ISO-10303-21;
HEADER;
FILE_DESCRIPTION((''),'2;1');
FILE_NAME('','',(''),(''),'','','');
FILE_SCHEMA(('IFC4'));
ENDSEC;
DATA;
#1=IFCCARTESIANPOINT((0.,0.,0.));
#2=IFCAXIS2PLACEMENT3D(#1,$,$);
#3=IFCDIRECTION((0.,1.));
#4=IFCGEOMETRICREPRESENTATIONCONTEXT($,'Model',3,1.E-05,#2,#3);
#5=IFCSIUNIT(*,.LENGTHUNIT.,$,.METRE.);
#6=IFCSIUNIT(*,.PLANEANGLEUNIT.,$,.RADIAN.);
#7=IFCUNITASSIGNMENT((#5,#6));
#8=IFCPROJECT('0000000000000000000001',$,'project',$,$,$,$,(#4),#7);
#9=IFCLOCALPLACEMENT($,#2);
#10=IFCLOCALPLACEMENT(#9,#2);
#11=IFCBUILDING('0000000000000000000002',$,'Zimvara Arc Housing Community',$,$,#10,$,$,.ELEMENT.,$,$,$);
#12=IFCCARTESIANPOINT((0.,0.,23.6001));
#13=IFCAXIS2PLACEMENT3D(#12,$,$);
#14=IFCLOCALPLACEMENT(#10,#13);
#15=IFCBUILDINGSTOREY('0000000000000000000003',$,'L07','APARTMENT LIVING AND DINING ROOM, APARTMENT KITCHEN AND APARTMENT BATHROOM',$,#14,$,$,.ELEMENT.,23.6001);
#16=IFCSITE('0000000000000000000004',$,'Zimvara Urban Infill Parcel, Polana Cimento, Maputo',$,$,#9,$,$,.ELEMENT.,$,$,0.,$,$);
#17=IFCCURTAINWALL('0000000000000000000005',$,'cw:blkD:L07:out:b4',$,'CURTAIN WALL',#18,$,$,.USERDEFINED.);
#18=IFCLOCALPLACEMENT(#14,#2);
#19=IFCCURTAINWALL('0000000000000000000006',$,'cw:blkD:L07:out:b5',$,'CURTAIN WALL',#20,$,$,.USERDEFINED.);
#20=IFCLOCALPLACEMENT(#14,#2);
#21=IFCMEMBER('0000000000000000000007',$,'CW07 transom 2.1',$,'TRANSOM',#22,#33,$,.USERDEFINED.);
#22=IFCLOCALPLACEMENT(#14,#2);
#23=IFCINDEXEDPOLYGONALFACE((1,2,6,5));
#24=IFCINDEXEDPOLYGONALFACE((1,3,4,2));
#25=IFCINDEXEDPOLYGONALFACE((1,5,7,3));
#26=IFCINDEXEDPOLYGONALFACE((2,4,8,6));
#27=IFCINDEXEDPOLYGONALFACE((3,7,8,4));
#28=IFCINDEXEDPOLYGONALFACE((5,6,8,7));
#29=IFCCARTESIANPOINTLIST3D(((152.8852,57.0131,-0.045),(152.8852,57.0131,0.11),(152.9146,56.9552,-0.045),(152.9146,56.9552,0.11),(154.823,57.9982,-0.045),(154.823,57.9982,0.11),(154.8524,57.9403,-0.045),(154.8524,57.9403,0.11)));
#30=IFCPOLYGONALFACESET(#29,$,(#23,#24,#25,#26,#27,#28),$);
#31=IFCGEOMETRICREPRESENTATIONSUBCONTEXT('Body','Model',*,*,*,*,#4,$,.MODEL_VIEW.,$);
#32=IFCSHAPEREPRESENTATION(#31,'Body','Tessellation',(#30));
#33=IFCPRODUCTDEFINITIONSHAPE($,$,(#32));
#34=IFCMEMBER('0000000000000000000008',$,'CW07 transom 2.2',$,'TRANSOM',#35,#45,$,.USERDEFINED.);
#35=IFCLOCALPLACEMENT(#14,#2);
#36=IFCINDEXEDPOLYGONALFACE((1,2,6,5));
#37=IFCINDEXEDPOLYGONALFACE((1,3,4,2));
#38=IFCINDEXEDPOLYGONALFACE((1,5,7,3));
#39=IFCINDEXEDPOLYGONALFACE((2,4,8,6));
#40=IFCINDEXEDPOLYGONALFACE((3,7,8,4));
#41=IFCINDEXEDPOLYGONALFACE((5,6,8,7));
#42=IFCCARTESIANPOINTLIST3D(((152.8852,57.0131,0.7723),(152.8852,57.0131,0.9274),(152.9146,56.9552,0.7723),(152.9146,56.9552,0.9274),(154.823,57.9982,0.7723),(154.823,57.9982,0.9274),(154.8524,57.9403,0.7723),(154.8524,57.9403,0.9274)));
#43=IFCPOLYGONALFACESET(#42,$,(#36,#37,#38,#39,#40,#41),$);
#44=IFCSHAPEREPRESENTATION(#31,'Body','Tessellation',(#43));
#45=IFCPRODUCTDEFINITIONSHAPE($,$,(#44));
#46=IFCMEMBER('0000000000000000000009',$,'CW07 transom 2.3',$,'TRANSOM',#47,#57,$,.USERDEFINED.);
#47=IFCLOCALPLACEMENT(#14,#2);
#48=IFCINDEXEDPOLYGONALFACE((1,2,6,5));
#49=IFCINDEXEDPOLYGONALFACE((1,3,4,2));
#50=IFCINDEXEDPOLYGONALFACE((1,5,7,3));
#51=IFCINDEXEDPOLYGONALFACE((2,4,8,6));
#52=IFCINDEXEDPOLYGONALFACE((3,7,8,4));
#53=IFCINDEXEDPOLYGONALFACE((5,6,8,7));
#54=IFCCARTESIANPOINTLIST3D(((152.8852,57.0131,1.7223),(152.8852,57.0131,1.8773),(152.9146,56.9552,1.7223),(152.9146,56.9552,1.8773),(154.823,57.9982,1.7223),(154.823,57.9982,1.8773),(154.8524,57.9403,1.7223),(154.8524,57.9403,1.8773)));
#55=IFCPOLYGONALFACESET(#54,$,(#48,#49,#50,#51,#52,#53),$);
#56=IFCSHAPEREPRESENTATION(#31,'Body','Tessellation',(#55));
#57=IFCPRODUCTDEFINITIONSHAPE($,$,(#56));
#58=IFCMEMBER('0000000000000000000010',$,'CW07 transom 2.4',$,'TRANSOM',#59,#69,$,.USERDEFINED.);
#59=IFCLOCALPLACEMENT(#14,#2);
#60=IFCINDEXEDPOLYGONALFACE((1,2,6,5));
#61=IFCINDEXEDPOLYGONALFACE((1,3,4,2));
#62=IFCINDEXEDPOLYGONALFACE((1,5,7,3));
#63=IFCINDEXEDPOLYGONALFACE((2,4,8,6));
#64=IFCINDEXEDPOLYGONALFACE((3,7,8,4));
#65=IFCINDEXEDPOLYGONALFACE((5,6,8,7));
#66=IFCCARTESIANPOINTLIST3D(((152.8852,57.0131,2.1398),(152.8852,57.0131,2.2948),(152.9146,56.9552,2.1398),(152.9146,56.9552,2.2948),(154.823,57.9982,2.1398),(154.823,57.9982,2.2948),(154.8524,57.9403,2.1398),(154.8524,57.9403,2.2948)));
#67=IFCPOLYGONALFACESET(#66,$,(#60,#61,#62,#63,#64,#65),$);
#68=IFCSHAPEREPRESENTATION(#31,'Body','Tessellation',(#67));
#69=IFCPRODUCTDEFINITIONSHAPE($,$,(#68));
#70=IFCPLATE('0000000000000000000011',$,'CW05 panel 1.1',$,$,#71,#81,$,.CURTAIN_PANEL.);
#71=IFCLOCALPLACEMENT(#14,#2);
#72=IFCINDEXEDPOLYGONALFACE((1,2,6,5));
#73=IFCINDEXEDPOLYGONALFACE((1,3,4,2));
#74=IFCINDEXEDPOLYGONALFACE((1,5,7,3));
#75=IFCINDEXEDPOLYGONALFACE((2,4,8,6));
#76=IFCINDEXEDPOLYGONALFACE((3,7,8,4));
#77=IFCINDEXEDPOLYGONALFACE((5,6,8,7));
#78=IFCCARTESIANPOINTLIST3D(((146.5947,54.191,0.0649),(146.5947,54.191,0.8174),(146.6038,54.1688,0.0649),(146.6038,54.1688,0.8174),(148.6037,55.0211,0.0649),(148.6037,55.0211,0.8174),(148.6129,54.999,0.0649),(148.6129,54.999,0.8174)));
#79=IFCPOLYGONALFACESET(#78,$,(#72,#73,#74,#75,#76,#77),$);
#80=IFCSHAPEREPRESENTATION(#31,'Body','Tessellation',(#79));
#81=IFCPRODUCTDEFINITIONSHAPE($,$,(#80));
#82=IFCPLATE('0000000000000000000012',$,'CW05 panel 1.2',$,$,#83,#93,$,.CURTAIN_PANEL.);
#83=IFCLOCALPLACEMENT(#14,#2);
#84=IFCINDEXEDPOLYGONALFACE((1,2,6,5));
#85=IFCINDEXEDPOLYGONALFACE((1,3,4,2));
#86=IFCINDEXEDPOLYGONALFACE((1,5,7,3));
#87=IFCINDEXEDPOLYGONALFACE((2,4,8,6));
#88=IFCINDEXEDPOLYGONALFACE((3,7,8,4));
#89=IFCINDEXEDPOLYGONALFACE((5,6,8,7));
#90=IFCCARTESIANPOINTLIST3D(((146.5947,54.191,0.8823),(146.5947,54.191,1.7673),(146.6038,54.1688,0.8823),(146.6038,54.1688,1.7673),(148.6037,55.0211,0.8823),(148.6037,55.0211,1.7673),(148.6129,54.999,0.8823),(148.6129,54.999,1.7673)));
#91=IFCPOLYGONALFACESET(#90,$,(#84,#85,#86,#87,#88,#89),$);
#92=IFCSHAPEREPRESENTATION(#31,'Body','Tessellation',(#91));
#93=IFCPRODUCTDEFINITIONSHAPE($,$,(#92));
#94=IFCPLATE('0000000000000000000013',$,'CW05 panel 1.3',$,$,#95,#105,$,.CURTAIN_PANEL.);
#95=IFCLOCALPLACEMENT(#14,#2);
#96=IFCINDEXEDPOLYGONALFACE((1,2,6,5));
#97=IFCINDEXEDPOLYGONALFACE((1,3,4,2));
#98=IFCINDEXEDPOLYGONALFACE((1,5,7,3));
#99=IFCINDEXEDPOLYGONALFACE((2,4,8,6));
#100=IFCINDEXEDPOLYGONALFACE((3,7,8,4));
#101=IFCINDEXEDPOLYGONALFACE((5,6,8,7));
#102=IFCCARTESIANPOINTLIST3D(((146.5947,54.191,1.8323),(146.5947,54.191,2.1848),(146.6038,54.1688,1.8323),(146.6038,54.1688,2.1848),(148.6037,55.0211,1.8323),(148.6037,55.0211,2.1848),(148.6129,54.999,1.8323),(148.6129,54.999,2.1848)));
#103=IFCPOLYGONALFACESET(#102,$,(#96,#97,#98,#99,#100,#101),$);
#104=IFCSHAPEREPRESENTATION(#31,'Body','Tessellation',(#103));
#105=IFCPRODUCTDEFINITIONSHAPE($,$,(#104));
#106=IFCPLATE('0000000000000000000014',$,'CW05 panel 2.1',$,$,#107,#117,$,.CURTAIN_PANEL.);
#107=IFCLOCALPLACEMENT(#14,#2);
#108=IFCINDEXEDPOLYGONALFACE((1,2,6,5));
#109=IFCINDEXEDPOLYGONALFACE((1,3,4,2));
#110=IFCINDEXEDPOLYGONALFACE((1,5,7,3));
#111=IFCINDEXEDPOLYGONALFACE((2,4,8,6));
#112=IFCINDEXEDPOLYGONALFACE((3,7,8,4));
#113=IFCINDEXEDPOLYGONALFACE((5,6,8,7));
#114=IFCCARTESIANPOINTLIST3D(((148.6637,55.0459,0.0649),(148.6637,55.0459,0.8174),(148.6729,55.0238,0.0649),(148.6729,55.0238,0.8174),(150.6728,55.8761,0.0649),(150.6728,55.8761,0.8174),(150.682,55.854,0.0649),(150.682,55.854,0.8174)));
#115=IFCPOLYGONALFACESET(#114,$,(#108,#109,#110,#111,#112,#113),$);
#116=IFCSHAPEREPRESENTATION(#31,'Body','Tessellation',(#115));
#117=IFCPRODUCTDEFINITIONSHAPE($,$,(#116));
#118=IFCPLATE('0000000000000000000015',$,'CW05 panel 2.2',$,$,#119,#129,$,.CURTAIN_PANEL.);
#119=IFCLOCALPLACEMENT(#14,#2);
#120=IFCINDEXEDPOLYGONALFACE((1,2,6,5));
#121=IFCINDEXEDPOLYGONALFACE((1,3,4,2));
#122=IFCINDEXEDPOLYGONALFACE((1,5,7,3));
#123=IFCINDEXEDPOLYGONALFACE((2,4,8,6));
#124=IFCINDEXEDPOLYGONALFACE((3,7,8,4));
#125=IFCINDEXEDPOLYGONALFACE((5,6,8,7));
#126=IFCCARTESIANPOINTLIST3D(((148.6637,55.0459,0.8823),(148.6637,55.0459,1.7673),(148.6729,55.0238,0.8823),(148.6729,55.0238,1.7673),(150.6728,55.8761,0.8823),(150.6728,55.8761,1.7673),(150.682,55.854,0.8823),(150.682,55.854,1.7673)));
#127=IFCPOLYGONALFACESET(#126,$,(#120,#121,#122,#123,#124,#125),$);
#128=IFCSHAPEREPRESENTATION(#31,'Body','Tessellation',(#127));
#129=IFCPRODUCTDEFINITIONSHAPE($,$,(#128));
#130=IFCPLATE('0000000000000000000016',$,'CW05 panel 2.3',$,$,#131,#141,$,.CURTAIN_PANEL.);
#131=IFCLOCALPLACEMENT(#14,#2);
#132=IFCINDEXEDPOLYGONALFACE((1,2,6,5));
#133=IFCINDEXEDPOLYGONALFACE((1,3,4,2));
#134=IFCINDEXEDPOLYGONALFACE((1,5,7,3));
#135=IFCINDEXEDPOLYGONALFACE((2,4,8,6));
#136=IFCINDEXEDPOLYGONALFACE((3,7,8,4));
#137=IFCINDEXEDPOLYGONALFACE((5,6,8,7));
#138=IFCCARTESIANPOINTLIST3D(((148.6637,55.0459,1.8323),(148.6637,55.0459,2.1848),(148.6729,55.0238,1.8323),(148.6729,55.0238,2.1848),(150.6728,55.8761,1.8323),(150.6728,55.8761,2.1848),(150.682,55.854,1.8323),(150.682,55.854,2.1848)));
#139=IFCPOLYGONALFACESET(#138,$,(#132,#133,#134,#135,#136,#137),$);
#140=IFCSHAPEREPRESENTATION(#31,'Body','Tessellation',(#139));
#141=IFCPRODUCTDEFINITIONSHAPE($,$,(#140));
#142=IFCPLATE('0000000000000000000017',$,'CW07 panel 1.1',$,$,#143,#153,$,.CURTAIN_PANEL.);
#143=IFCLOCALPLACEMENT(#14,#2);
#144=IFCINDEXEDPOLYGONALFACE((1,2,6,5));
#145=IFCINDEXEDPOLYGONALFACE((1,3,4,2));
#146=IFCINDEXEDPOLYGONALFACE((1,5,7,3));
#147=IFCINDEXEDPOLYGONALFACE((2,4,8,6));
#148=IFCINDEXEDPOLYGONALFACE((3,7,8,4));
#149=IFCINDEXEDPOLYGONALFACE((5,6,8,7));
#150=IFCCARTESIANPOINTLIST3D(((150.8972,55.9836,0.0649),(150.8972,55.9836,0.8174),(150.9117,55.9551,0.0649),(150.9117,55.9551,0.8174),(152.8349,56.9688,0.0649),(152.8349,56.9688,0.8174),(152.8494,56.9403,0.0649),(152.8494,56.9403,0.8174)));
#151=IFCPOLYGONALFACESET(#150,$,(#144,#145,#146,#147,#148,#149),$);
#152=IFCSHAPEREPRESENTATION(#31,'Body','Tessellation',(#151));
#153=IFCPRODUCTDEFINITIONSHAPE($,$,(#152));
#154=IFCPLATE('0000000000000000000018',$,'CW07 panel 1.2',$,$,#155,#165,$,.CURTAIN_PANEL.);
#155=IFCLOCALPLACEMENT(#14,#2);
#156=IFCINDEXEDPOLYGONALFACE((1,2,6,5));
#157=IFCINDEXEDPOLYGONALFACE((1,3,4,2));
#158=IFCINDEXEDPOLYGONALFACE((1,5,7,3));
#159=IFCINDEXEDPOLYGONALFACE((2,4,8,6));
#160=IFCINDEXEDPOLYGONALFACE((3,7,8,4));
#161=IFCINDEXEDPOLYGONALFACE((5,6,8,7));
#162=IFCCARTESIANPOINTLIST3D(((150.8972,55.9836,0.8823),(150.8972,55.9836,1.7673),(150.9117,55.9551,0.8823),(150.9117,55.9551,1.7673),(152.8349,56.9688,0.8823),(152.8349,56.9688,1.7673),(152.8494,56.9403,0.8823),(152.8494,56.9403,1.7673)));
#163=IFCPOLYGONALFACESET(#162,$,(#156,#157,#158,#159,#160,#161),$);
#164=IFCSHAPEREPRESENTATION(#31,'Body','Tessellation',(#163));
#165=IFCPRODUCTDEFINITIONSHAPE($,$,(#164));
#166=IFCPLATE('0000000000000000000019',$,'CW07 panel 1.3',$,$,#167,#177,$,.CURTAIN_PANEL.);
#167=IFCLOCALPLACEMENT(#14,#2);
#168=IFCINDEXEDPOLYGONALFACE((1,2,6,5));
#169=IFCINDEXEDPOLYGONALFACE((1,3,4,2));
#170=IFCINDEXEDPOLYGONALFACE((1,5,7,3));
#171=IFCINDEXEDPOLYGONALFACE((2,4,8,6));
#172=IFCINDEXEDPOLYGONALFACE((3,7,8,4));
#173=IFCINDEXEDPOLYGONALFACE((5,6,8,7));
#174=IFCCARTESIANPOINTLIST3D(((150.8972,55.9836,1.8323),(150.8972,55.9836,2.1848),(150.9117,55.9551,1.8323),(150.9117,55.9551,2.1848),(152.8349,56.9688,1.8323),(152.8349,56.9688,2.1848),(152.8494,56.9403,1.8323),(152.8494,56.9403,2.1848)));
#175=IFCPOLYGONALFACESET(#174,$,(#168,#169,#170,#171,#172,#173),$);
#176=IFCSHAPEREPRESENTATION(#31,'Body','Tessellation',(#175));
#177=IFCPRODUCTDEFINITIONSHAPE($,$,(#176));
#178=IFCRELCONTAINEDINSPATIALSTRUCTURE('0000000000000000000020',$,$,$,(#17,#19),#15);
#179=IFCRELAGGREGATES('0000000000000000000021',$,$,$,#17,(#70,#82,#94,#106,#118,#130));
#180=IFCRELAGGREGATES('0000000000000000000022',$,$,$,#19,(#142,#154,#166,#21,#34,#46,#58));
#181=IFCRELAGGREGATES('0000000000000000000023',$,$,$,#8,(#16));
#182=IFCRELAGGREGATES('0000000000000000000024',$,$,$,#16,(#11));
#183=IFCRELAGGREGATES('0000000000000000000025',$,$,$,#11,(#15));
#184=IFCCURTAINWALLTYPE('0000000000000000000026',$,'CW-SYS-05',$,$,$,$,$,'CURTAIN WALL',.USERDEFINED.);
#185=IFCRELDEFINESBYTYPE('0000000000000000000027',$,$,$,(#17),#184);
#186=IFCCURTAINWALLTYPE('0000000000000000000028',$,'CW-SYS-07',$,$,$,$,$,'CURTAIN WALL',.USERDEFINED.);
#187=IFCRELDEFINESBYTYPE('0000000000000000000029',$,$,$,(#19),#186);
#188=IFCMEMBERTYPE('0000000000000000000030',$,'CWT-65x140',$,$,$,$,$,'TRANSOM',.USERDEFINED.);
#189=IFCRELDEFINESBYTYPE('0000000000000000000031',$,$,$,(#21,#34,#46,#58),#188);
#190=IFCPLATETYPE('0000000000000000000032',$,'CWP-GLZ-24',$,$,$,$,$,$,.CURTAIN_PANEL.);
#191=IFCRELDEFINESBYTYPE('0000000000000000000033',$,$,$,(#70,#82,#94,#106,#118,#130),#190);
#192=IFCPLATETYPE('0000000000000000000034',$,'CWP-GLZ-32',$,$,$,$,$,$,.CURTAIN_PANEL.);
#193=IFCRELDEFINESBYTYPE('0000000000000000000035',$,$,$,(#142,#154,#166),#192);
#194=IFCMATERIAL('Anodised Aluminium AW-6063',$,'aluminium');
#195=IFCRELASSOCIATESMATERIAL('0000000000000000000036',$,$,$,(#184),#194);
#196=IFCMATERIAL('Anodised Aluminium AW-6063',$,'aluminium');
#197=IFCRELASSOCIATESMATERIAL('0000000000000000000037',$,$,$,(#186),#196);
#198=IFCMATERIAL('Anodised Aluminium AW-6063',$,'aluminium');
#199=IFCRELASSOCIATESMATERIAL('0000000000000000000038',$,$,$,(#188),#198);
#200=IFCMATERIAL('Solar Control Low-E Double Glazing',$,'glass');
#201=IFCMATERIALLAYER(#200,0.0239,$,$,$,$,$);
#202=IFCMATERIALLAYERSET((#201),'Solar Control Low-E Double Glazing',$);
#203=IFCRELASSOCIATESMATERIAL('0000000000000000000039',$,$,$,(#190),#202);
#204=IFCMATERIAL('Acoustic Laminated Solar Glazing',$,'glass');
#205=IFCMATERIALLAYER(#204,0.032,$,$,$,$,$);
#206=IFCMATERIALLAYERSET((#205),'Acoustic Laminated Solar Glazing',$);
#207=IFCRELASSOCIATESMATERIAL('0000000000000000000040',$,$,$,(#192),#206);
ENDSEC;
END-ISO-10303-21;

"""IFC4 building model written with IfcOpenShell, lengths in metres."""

from ifc_helpers import new_model, si_unit, direction, frame, origin, origin_2d, place, context, subcontext, project, spatial, rectangle, extrude, material, layer, layer_set, material_profile, profile_set, type_object, element, aggregate, save


model = new_model("IFC4")

# Units and contexts
model_context = context("Model", 3, precision=1e-05, world=origin(), true_north=direction((0.0, 1.0)))
body_context = subcontext(model_context, "Body", "Model", "MODEL_VIEW")
ifc_project = project(units=[si_unit("LENGTHUNIT", "METRE"), si_unit("PLANEANGLEUNIT", "RADIAN")], contexts=[model_context])

# Site, building, storey
site_placement = place(None, origin())
site = spatial("IfcSite", under=ifc_project, at=site_placement, Name="Zimvara Urban Infill Parcel, Polana Cimento, Maputo", CompositionType="ELEMENT", RefElevation=0.0)
building_placement = place(site_placement, origin())
building = spatial("IfcBuilding", under=site, at=building_placement, Name="Zimvara Arc Housing Community", CompositionType="ELEMENT")
storey_placement = place(building_placement, frame((0.0, 0.0, 23.6001)))
storey = spatial("IfcBuildingStorey", under=building, at=storey_placement, Name="L07", Description="APARTMENT LIVING AND DINING ROOM, APARTMENT KITCHEN AND APARTMENT BATHROOM", CompositionType="ELEMENT", Elevation=23.6001)

# Curtain walls
ifc_material_1 = material(Name="Anodised Aluminium AW-6063", Category="aluminium")
curtain_wall_type_1 = type_object("IfcCurtainWallType", Name="CW-SYS-05", ElementType="CURTAIN WALL", PredefinedType="USERDEFINED", material=ifc_material_1)
curtain_wall_1_placement = place(storey_placement, origin())
curtain_wall_1 = element("IfcCurtainWall", 1, at=curtain_wall_1_placement, inside=storey, type_object=curtain_wall_type_1, Name="cw:blkD:L07:out:b4", ObjectType="CURTAIN WALL", PredefinedType="USERDEFINED")
ifc_material_2 = material(Name="Anodised Aluminium AW-6063", Category="aluminium")
curtain_wall_type_2 = type_object("IfcCurtainWallType", Name="CW-SYS-07", ElementType="CURTAIN WALL", PredefinedType="USERDEFINED", material=ifc_material_2)
curtain_wall_2_placement = place(storey_placement, origin())
curtain_wall_2 = element("IfcCurtainWall", 2, at=curtain_wall_2_placement, inside=storey, type_object=curtain_wall_type_2, Name="cw:blkD:L07:out:b5", ObjectType="CURTAIN WALL", PredefinedType="USERDEFINED")

# Members
ifc_material_3 = material(Name="Anodised Aluminium AW-6063", Category="aluminium")
ifc_material_profile_1 = material_profile(ifc_material_3, rectangle(XDim=0.0649, YDim=0.155, at=origin_2d()), Name="ALU 65x155")
ifc_profile_set_1 = profile_set([ifc_material_profile_1], Name="Anodised Aluminium AW-6063")
member_type_1 = type_object("IfcMemberType", Name="CWT-65x140", ElementType="TRANSOM", PredefinedType="USERDEFINED", material=ifc_profile_set_1)
member_1_placement = place(storey_placement, frame((152.8999, 56.9841, 0.0325), z_axis=(0.89142, 0.453179, 0.0), x_axis=(-0.453179, 0.89142, 0.0)))
member_1 = element("IfcMember", 3, at=member_1_placement, type_object=member_type_1, Name="CW07 transom 2.1", ObjectType="TRANSOM", PredefinedType="USERDEFINED", context=body_context, shape_type="SweptSolid", body=[
    extrude(rectangle(XDim=0.0649, YDim=0.155, at=origin_2d()), origin(), (0.0, 0.0, 1.0), 2.1738),
])
member_2_placement = place(storey_placement, frame((152.8999, 56.9841, 0.8499), z_axis=(0.89142, 0.453179, 0.0), x_axis=(-0.453179, 0.89142, 0.0)))
member_2 = element("IfcMember", 4, at=member_2_placement, type_object=member_type_1, Name="CW07 transom 2.2", ObjectType="TRANSOM", PredefinedType="USERDEFINED", context=body_context, shape_type="SweptSolid", body=[
    extrude(rectangle(XDim=0.0649, YDim=0.155, at=origin_2d()), origin(), (0.0, 0.0, 1.0), 2.1738),
])
member_3_placement = place(storey_placement, frame((152.8999, 56.9841, 1.7998), z_axis=(0.89142, 0.453179, 0.0), x_axis=(-0.453179, 0.89142, 0.0)))
member_3 = element("IfcMember", 5, at=member_3_placement, type_object=member_type_1, Name="CW07 transom 2.3", ObjectType="TRANSOM", PredefinedType="USERDEFINED", context=body_context, shape_type="SweptSolid", body=[
    extrude(rectangle(XDim=0.0649, YDim=0.155, at=origin_2d()), origin(), (0.0, 0.0, 1.0), 2.1738),
])
member_4_placement = place(storey_placement, frame((152.8999, 56.9841, 2.2173), z_axis=(0.89142, 0.453179, 0.0), x_axis=(-0.453179, 0.89142, 0.0)))
member_4 = element("IfcMember", 6, at=member_4_placement, type_object=member_type_1, Name="CW07 transom 2.4", ObjectType="TRANSOM", PredefinedType="USERDEFINED", context=body_context, shape_type="SweptSolid", body=[
    extrude(rectangle(XDim=0.0649, YDim=0.155, at=origin_2d()), origin(), (0.0, 0.0, 1.0), 2.1738),
])

# Plates
ifc_material_4 = material(Name="Solar Control Low-E Double Glazing", Category="glass")
ifc_layer_1 = layer(ifc_material_4, 0.0239)
ifc_layer_set_1 = layer_set([ifc_layer_1], Name="Solar Control Low-E Double Glazing")
plate_type_1 = type_object("IfcPlateType", Name="CWP-GLZ-24", PredefinedType="CURTAIN_PANEL", material=ifc_layer_set_1)
plate_1_placement = place(storey_placement, frame((147.6038, 54.595, 0.0649), z_axis=(0.0, 0.0, 1.0), x_axis=(0.924213, 0.381876, 0.0)))
plate_1 = element("IfcPlate", 7, at=plate_1_placement, type_object=plate_type_1, Name="CW05 panel 1.1", PredefinedType="CURTAIN_PANEL", context=body_context, shape_type="SweptSolid", body=[
    extrude(rectangle(XDim=2.1738, YDim=0.0239, at=origin_2d()), origin(), (0.0, 0.0, 1.0), 0.7524),
])
plate_2_placement = place(storey_placement, frame((147.6038, 54.595, 0.8823), z_axis=(0.0, 0.0, 1.0), x_axis=(0.924213, 0.381876, 0.0)))
plate_2 = element("IfcPlate", 8, at=plate_2_placement, type_object=plate_type_1, Name="CW05 panel 1.2", PredefinedType="CURTAIN_PANEL", context=body_context, shape_type="SweptSolid", body=[
    extrude(rectangle(XDim=2.1738, YDim=0.0239, at=origin_2d()), origin(), (0.0, 0.0, 1.0), 0.885),
])
plate_3_placement = place(storey_placement, frame((147.6038, 54.595, 1.8323), z_axis=(0.0, 0.0, 1.0), x_axis=(0.924213, 0.381876, 0.0)))
plate_3 = element("IfcPlate", 9, at=plate_3_placement, type_object=plate_type_1, Name="CW05 panel 1.3", PredefinedType="CURTAIN_PANEL", context=body_context, shape_type="SweptSolid", body=[
    extrude(rectangle(XDim=2.1738, YDim=0.0239, at=origin_2d()), origin(), (0.0, 0.0, 1.0), 0.3525),
])
plate_4_placement = place(storey_placement, frame((149.6729, 55.45, 0.0649), z_axis=(0.0, 0.0, 1.0), x_axis=(0.924213, 0.381876, 0.0)))
plate_4 = element("IfcPlate", 10, at=plate_4_placement, type_object=plate_type_1, Name="CW05 panel 2.1", PredefinedType="CURTAIN_PANEL", context=body_context, shape_type="SweptSolid", body=[
    extrude(rectangle(XDim=2.1738, YDim=0.0239, at=origin_2d()), origin(), (0.0, 0.0, 1.0), 0.7524),
])
plate_5_placement = place(storey_placement, frame((149.6729, 55.45, 0.8823), z_axis=(0.0, 0.0, 1.0), x_axis=(0.924213, 0.381876, 0.0)))
plate_5 = element("IfcPlate", 11, at=plate_5_placement, type_object=plate_type_1, Name="CW05 panel 2.2", PredefinedType="CURTAIN_PANEL", context=body_context, shape_type="SweptSolid", body=[
    extrude(rectangle(XDim=2.1738, YDim=0.0239, at=origin_2d()), origin(), (0.0, 0.0, 1.0), 0.885),
])
plate_6_placement = place(storey_placement, frame((149.6729, 55.45, 1.8323), z_axis=(0.0, 0.0, 1.0), x_axis=(0.924213, 0.381876, 0.0)))
plate_6 = element("IfcPlate", 12, at=plate_6_placement, type_object=plate_type_1, Name="CW05 panel 2.3", PredefinedType="CURTAIN_PANEL", context=body_context, shape_type="SweptSolid", body=[
    extrude(rectangle(XDim=2.1738, YDim=0.0239, at=origin_2d()), origin(), (0.0, 0.0, 1.0), 0.3525),
])
aggregate(curtain_wall_1, [plate_1, plate_2, plate_3, plate_4, plate_5, plate_6])
ifc_material_5 = material(Name="Acoustic Laminated Solar Glazing", Category="glass")
ifc_layer_2 = layer(ifc_material_5, 0.032)
ifc_layer_set_2 = layer_set([ifc_layer_2], Name="Acoustic Laminated Solar Glazing")
plate_type_2 = type_object("IfcPlateType", Name="CWP-GLZ-32", PredefinedType="CURTAIN_PANEL", material=ifc_layer_set_2)
plate_7_placement = place(storey_placement, frame((151.8733, 56.4619, 0.0649), z_axis=(0.0, 0.0, 1.0), x_axis=(0.891403, 0.453212, 0.0)))
plate_7 = element("IfcPlate", 13, at=plate_7_placement, type_object=plate_type_2, Name="CW07 panel 1.1", PredefinedType="CURTAIN_PANEL", context=body_context, shape_type="SweptSolid", body=[
    extrude(rectangle(XDim=2.1738, YDim=0.032, at=origin_2d()), origin(), (0.0, 0.0, 1.0), 0.7524),
])
plate_8_placement = place(storey_placement, frame((151.8733, 56.4619, 0.8823), z_axis=(0.0, 0.0, 1.0), x_axis=(0.891403, 0.453212, 0.0)))
plate_8 = element("IfcPlate", 14, at=plate_8_placement, type_object=plate_type_2, Name="CW07 panel 1.2", PredefinedType="CURTAIN_PANEL", context=body_context, shape_type="SweptSolid", body=[
    extrude(rectangle(XDim=2.1738, YDim=0.032, at=origin_2d()), origin(), (0.0, 0.0, 1.0), 0.885),
])
plate_9_placement = place(storey_placement, frame((151.8733, 56.4619, 1.8323), z_axis=(0.0, 0.0, 1.0), x_axis=(0.891403, 0.453212, 0.0)))
plate_9 = element("IfcPlate", 15, at=plate_9_placement, type_object=plate_type_2, Name="CW07 panel 1.3", PredefinedType="CURTAIN_PANEL", context=body_context, shape_type="SweptSolid", body=[
    extrude(rectangle(XDim=2.1738, YDim=0.032, at=origin_2d()), origin(), (0.0, 0.0, 1.0), 0.3525),
])
aggregate(curtain_wall_2, [plate_7, plate_8, plate_9, member_1, member_2, member_3, member_4])

save(model, "model.ifc")
